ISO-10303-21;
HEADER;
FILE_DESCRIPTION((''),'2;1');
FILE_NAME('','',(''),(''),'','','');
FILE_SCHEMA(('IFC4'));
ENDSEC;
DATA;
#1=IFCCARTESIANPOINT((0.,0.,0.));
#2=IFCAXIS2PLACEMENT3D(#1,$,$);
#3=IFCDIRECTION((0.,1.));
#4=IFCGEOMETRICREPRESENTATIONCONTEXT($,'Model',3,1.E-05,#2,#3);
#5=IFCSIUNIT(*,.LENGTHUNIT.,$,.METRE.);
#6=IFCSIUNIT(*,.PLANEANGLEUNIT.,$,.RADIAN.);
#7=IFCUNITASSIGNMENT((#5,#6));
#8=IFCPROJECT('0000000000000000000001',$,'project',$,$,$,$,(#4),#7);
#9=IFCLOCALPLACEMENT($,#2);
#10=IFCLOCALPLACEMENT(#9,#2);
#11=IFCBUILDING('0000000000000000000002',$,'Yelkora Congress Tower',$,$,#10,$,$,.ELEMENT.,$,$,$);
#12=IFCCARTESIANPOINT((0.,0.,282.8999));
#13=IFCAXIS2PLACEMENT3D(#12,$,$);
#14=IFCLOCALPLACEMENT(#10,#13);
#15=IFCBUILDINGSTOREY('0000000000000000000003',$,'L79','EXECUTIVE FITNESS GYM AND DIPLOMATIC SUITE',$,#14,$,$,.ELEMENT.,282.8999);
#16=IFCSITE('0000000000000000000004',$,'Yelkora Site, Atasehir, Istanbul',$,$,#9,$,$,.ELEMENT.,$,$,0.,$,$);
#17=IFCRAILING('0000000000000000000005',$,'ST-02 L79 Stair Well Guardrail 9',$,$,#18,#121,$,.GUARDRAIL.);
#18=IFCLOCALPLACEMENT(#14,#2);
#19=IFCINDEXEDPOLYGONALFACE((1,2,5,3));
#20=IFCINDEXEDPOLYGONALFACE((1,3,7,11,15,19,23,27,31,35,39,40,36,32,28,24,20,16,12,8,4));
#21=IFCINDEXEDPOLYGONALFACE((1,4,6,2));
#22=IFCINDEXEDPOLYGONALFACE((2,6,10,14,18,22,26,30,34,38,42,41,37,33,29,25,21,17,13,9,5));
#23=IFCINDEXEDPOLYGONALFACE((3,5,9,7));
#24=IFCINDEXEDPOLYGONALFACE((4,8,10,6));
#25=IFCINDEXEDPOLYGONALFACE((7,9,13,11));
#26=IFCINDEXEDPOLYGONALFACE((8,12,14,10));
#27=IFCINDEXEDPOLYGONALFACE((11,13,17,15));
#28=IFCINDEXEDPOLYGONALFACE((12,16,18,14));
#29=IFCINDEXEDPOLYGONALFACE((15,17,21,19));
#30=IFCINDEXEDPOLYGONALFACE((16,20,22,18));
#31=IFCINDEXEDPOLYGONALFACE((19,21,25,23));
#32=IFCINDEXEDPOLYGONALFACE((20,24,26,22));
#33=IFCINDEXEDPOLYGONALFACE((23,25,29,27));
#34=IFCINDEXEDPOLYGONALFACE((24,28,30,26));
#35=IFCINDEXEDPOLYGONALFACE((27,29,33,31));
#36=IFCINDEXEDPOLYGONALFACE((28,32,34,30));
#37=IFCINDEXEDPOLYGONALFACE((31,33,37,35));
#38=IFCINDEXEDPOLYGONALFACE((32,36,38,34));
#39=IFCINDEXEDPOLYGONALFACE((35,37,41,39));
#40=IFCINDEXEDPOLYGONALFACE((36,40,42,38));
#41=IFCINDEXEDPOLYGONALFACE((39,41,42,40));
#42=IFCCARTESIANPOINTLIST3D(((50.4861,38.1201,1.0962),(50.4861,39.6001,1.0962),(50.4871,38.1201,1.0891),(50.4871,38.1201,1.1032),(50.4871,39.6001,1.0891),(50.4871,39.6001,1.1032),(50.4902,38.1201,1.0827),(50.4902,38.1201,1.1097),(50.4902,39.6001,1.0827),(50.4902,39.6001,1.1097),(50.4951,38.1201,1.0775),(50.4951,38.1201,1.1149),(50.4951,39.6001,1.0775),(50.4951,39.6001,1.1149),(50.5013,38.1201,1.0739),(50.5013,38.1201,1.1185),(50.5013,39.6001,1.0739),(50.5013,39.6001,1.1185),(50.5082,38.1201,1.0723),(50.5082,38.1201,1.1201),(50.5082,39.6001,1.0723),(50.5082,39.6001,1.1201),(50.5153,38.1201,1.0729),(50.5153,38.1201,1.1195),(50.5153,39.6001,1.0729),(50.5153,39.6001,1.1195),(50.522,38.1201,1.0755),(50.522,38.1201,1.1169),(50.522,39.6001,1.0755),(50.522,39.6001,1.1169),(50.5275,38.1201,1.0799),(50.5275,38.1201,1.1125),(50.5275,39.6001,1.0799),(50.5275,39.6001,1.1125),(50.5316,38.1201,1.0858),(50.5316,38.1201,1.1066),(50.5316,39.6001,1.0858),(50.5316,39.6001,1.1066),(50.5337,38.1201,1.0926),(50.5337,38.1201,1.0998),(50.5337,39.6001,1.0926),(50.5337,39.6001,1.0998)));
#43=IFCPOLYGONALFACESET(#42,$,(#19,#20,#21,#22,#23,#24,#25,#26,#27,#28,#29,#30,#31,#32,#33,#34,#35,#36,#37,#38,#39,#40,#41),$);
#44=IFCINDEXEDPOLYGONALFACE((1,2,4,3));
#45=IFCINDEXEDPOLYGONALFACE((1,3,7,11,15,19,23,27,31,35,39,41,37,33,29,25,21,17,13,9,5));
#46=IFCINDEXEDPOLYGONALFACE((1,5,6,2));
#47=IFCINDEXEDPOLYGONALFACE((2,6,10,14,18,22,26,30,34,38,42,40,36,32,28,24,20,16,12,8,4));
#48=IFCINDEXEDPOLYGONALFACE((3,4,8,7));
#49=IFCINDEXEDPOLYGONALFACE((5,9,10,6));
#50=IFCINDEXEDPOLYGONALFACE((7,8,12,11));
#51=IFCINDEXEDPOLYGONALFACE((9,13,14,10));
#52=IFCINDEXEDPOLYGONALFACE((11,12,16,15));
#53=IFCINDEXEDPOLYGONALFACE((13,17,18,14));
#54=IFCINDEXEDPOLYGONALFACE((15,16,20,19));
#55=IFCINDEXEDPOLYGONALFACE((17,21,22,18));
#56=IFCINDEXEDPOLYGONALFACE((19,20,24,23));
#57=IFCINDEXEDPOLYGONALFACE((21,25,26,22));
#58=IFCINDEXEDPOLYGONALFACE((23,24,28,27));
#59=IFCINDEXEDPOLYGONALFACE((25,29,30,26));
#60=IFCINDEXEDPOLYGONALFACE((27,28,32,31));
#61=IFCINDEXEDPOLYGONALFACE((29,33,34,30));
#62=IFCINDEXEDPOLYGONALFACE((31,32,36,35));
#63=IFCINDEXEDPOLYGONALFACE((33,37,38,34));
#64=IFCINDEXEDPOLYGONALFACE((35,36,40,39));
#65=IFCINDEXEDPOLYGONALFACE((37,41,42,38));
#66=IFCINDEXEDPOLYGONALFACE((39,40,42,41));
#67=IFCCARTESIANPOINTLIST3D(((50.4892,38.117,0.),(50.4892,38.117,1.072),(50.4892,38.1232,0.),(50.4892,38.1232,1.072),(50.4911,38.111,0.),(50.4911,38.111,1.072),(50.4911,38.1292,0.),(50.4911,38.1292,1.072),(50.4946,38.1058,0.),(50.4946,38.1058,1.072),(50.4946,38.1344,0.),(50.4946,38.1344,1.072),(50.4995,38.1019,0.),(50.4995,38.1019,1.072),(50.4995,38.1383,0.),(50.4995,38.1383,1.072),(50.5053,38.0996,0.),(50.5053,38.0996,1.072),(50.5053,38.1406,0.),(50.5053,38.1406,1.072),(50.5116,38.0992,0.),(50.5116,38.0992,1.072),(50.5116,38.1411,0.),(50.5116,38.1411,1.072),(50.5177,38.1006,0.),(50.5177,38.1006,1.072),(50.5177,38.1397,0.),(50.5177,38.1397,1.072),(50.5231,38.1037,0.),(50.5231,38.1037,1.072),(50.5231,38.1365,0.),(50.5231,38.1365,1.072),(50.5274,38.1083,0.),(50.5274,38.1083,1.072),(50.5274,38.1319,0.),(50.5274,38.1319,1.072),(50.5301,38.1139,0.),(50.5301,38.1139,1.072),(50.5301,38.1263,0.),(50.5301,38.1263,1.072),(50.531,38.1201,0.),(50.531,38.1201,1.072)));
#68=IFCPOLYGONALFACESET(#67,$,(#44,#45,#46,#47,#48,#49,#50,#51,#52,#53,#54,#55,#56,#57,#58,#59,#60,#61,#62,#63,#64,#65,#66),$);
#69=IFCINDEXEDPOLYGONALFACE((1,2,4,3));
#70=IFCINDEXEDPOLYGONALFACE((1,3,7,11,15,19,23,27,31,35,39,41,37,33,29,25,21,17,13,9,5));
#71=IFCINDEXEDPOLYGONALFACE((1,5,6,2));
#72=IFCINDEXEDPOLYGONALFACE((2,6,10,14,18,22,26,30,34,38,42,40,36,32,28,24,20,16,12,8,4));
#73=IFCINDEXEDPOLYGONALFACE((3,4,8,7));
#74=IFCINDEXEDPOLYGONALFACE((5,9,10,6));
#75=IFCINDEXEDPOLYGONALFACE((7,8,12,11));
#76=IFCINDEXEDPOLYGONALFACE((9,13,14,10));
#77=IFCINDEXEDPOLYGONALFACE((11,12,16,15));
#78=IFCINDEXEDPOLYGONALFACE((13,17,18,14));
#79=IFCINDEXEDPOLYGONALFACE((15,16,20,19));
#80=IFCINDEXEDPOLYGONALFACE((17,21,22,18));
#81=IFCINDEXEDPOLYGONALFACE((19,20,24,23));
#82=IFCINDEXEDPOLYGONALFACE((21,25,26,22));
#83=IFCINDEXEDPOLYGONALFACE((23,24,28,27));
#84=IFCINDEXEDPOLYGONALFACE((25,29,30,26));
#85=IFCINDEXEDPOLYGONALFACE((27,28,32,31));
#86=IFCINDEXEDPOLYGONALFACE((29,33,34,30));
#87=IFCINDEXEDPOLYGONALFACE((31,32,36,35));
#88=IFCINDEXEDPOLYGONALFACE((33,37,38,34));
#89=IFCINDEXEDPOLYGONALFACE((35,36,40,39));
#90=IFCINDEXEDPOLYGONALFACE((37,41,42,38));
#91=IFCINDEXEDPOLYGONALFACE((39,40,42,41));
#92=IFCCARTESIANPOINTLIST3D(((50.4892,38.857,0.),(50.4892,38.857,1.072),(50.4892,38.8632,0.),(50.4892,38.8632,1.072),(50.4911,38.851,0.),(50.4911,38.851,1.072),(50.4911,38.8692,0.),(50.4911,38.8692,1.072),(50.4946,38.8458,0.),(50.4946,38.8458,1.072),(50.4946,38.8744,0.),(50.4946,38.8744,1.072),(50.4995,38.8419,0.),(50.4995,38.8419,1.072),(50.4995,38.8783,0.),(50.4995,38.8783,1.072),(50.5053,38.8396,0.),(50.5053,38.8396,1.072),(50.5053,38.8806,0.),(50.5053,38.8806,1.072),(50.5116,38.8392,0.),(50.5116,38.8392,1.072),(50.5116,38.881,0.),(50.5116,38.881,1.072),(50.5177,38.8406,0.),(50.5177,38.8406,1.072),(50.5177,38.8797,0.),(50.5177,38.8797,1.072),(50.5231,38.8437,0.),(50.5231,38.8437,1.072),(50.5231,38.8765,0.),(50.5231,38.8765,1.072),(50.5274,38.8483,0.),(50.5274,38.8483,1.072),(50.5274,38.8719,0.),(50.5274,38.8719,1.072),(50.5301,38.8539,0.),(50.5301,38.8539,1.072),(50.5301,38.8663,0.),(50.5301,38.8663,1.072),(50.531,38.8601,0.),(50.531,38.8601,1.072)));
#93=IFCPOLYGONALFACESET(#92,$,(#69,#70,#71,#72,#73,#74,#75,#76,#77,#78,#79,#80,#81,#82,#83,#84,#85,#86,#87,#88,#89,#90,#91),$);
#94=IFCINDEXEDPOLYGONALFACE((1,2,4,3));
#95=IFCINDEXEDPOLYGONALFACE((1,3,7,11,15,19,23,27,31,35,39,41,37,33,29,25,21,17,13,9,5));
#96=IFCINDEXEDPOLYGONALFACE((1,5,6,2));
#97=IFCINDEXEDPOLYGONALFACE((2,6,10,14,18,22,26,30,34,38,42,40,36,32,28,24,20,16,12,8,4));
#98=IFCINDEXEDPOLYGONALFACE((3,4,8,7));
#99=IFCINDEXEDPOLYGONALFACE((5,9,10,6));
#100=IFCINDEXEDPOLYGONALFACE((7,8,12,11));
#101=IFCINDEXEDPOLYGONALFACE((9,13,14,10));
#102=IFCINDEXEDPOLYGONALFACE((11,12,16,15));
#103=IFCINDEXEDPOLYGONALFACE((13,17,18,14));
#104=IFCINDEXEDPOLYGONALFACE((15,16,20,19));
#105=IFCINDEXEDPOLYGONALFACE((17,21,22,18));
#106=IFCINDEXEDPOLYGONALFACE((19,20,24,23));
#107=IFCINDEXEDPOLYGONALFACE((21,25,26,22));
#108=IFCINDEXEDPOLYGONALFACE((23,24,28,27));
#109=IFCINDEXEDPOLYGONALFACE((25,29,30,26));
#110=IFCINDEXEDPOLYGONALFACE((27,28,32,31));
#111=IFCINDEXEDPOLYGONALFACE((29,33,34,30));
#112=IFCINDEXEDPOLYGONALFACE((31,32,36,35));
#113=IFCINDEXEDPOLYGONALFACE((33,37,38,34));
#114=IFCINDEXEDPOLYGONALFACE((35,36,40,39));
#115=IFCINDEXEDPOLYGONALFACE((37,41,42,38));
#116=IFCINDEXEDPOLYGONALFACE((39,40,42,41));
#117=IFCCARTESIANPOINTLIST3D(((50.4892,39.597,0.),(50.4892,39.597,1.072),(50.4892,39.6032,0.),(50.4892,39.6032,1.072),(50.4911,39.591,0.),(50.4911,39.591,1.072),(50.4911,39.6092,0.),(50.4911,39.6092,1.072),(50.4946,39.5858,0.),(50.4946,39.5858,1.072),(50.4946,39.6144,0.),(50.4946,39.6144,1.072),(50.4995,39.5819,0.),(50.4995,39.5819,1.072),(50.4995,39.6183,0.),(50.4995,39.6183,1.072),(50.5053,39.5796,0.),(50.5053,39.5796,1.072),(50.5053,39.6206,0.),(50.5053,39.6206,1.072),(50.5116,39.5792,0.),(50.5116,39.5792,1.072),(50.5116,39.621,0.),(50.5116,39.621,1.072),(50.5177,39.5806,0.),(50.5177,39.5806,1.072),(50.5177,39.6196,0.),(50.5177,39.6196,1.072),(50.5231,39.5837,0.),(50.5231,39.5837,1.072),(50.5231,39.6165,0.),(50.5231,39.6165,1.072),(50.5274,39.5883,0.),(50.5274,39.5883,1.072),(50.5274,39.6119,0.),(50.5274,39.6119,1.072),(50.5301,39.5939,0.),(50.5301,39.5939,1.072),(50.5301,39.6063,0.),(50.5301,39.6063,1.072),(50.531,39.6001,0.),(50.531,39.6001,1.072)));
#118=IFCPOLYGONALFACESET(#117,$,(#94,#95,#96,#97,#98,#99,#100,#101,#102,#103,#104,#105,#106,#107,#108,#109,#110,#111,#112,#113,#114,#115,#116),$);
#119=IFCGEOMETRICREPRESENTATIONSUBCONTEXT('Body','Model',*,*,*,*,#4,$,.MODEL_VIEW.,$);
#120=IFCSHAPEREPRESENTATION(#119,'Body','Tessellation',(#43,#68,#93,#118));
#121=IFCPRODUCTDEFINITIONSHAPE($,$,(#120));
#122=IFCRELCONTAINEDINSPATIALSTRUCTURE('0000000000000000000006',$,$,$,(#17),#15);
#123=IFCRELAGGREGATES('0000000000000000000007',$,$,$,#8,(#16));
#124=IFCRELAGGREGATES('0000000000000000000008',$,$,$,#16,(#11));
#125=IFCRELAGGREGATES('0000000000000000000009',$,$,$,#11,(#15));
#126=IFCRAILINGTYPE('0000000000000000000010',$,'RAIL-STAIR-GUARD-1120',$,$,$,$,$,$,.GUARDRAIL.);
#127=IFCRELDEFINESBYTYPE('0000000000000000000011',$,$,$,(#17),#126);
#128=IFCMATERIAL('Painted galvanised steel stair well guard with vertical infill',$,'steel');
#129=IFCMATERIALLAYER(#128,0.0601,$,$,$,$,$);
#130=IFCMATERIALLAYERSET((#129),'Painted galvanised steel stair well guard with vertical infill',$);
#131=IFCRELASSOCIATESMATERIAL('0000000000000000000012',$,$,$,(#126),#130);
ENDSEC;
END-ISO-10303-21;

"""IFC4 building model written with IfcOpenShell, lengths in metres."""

from ifc_helpers import new_model, si_unit, direction, frame, origin, origin_2d, place, context, subcontext, project, spatial, circle, extrude, material, layer, layer_set, type_object, element, save


model = new_model("IFC4")

# Units and contexts
model_context = context("Model", 3, precision=1e-05, world=origin(), true_north=direction((0.0, 1.0)))
body_context = subcontext(model_context, "Body", "Model", "MODEL_VIEW")
ifc_project = project(units=[si_unit("LENGTHUNIT", "METRE"), si_unit("PLANEANGLEUNIT", "RADIAN")], contexts=[model_context])

# Site, building, storey
site_placement = place(None, origin())
site = spatial("IfcSite", under=ifc_project, at=site_placement, Name="Yelkora Site, Atasehir, Istanbul", CompositionType="ELEMENT", RefElevation=0.0)
building_placement = place(site_placement, origin())
building = spatial("IfcBuilding", under=site, at=building_placement, Name="Yelkora Congress Tower", CompositionType="ELEMENT")
storey_placement = place(building_placement, frame((0.0, 0.0, 282.8999)))
storey = spatial("IfcBuildingStorey", under=building, at=storey_placement, Name="L79", Description="EXECUTIVE FITNESS GYM AND DIPLOMATIC SUITE", CompositionType="ELEMENT", Elevation=282.8999)

# Railing
ifc_material_1 = material(Name="Painted galvanised steel stair well guard with vertical infill", Category="steel")
ifc_layer_1 = layer(ifc_material_1, 0.0601)
ifc_layer_set_1 = layer_set([ifc_layer_1], Name="Painted galvanised steel stair well guard with vertical infill")
railing_type_1 = type_object("IfcRailingType", Name="RAIL-STAIR-GUARD-1120", PredefinedType="GUARDRAIL", material=ifc_layer_set_1)
for number, where, name in (
    (1, (50.51, 38.1201, 0.0), "ST-02 L79 Stair Well Guardrail 9"),
):
    element("IfcRailing", number, at=place(storey_placement, frame(where)), inside=storey, type_object=railing_type_1, Name=name, PredefinedType="GUARDRAIL", context=body_context, shape_type="SweptSolid", body=[
        extrude(circle(Radius=0.0239, at=origin_2d()), frame((0.0, 0.0, 1.0962), z_axis=(0.0, 1.0, 0.0), x_axis=(-1.0, 0.0, 0.0)), (0.0, 0.0, 1.0), 1.48),
        extrude(circle(Radius=0.021, at=origin_2d()), origin(), (0.0, 0.0, 1.0), 1.072),
        extrude(circle(Radius=0.021, at=origin_2d()), frame((0.0, 0.74, 0.0)), (0.0, 0.0, 1.0), 1.072),
        extrude(circle(Radius=0.021, at=origin_2d()), frame((0.0, 1.48, 0.0)), (0.0, 0.0, 1.0), 1.072),
    ])

save(model, "model.ifc")
